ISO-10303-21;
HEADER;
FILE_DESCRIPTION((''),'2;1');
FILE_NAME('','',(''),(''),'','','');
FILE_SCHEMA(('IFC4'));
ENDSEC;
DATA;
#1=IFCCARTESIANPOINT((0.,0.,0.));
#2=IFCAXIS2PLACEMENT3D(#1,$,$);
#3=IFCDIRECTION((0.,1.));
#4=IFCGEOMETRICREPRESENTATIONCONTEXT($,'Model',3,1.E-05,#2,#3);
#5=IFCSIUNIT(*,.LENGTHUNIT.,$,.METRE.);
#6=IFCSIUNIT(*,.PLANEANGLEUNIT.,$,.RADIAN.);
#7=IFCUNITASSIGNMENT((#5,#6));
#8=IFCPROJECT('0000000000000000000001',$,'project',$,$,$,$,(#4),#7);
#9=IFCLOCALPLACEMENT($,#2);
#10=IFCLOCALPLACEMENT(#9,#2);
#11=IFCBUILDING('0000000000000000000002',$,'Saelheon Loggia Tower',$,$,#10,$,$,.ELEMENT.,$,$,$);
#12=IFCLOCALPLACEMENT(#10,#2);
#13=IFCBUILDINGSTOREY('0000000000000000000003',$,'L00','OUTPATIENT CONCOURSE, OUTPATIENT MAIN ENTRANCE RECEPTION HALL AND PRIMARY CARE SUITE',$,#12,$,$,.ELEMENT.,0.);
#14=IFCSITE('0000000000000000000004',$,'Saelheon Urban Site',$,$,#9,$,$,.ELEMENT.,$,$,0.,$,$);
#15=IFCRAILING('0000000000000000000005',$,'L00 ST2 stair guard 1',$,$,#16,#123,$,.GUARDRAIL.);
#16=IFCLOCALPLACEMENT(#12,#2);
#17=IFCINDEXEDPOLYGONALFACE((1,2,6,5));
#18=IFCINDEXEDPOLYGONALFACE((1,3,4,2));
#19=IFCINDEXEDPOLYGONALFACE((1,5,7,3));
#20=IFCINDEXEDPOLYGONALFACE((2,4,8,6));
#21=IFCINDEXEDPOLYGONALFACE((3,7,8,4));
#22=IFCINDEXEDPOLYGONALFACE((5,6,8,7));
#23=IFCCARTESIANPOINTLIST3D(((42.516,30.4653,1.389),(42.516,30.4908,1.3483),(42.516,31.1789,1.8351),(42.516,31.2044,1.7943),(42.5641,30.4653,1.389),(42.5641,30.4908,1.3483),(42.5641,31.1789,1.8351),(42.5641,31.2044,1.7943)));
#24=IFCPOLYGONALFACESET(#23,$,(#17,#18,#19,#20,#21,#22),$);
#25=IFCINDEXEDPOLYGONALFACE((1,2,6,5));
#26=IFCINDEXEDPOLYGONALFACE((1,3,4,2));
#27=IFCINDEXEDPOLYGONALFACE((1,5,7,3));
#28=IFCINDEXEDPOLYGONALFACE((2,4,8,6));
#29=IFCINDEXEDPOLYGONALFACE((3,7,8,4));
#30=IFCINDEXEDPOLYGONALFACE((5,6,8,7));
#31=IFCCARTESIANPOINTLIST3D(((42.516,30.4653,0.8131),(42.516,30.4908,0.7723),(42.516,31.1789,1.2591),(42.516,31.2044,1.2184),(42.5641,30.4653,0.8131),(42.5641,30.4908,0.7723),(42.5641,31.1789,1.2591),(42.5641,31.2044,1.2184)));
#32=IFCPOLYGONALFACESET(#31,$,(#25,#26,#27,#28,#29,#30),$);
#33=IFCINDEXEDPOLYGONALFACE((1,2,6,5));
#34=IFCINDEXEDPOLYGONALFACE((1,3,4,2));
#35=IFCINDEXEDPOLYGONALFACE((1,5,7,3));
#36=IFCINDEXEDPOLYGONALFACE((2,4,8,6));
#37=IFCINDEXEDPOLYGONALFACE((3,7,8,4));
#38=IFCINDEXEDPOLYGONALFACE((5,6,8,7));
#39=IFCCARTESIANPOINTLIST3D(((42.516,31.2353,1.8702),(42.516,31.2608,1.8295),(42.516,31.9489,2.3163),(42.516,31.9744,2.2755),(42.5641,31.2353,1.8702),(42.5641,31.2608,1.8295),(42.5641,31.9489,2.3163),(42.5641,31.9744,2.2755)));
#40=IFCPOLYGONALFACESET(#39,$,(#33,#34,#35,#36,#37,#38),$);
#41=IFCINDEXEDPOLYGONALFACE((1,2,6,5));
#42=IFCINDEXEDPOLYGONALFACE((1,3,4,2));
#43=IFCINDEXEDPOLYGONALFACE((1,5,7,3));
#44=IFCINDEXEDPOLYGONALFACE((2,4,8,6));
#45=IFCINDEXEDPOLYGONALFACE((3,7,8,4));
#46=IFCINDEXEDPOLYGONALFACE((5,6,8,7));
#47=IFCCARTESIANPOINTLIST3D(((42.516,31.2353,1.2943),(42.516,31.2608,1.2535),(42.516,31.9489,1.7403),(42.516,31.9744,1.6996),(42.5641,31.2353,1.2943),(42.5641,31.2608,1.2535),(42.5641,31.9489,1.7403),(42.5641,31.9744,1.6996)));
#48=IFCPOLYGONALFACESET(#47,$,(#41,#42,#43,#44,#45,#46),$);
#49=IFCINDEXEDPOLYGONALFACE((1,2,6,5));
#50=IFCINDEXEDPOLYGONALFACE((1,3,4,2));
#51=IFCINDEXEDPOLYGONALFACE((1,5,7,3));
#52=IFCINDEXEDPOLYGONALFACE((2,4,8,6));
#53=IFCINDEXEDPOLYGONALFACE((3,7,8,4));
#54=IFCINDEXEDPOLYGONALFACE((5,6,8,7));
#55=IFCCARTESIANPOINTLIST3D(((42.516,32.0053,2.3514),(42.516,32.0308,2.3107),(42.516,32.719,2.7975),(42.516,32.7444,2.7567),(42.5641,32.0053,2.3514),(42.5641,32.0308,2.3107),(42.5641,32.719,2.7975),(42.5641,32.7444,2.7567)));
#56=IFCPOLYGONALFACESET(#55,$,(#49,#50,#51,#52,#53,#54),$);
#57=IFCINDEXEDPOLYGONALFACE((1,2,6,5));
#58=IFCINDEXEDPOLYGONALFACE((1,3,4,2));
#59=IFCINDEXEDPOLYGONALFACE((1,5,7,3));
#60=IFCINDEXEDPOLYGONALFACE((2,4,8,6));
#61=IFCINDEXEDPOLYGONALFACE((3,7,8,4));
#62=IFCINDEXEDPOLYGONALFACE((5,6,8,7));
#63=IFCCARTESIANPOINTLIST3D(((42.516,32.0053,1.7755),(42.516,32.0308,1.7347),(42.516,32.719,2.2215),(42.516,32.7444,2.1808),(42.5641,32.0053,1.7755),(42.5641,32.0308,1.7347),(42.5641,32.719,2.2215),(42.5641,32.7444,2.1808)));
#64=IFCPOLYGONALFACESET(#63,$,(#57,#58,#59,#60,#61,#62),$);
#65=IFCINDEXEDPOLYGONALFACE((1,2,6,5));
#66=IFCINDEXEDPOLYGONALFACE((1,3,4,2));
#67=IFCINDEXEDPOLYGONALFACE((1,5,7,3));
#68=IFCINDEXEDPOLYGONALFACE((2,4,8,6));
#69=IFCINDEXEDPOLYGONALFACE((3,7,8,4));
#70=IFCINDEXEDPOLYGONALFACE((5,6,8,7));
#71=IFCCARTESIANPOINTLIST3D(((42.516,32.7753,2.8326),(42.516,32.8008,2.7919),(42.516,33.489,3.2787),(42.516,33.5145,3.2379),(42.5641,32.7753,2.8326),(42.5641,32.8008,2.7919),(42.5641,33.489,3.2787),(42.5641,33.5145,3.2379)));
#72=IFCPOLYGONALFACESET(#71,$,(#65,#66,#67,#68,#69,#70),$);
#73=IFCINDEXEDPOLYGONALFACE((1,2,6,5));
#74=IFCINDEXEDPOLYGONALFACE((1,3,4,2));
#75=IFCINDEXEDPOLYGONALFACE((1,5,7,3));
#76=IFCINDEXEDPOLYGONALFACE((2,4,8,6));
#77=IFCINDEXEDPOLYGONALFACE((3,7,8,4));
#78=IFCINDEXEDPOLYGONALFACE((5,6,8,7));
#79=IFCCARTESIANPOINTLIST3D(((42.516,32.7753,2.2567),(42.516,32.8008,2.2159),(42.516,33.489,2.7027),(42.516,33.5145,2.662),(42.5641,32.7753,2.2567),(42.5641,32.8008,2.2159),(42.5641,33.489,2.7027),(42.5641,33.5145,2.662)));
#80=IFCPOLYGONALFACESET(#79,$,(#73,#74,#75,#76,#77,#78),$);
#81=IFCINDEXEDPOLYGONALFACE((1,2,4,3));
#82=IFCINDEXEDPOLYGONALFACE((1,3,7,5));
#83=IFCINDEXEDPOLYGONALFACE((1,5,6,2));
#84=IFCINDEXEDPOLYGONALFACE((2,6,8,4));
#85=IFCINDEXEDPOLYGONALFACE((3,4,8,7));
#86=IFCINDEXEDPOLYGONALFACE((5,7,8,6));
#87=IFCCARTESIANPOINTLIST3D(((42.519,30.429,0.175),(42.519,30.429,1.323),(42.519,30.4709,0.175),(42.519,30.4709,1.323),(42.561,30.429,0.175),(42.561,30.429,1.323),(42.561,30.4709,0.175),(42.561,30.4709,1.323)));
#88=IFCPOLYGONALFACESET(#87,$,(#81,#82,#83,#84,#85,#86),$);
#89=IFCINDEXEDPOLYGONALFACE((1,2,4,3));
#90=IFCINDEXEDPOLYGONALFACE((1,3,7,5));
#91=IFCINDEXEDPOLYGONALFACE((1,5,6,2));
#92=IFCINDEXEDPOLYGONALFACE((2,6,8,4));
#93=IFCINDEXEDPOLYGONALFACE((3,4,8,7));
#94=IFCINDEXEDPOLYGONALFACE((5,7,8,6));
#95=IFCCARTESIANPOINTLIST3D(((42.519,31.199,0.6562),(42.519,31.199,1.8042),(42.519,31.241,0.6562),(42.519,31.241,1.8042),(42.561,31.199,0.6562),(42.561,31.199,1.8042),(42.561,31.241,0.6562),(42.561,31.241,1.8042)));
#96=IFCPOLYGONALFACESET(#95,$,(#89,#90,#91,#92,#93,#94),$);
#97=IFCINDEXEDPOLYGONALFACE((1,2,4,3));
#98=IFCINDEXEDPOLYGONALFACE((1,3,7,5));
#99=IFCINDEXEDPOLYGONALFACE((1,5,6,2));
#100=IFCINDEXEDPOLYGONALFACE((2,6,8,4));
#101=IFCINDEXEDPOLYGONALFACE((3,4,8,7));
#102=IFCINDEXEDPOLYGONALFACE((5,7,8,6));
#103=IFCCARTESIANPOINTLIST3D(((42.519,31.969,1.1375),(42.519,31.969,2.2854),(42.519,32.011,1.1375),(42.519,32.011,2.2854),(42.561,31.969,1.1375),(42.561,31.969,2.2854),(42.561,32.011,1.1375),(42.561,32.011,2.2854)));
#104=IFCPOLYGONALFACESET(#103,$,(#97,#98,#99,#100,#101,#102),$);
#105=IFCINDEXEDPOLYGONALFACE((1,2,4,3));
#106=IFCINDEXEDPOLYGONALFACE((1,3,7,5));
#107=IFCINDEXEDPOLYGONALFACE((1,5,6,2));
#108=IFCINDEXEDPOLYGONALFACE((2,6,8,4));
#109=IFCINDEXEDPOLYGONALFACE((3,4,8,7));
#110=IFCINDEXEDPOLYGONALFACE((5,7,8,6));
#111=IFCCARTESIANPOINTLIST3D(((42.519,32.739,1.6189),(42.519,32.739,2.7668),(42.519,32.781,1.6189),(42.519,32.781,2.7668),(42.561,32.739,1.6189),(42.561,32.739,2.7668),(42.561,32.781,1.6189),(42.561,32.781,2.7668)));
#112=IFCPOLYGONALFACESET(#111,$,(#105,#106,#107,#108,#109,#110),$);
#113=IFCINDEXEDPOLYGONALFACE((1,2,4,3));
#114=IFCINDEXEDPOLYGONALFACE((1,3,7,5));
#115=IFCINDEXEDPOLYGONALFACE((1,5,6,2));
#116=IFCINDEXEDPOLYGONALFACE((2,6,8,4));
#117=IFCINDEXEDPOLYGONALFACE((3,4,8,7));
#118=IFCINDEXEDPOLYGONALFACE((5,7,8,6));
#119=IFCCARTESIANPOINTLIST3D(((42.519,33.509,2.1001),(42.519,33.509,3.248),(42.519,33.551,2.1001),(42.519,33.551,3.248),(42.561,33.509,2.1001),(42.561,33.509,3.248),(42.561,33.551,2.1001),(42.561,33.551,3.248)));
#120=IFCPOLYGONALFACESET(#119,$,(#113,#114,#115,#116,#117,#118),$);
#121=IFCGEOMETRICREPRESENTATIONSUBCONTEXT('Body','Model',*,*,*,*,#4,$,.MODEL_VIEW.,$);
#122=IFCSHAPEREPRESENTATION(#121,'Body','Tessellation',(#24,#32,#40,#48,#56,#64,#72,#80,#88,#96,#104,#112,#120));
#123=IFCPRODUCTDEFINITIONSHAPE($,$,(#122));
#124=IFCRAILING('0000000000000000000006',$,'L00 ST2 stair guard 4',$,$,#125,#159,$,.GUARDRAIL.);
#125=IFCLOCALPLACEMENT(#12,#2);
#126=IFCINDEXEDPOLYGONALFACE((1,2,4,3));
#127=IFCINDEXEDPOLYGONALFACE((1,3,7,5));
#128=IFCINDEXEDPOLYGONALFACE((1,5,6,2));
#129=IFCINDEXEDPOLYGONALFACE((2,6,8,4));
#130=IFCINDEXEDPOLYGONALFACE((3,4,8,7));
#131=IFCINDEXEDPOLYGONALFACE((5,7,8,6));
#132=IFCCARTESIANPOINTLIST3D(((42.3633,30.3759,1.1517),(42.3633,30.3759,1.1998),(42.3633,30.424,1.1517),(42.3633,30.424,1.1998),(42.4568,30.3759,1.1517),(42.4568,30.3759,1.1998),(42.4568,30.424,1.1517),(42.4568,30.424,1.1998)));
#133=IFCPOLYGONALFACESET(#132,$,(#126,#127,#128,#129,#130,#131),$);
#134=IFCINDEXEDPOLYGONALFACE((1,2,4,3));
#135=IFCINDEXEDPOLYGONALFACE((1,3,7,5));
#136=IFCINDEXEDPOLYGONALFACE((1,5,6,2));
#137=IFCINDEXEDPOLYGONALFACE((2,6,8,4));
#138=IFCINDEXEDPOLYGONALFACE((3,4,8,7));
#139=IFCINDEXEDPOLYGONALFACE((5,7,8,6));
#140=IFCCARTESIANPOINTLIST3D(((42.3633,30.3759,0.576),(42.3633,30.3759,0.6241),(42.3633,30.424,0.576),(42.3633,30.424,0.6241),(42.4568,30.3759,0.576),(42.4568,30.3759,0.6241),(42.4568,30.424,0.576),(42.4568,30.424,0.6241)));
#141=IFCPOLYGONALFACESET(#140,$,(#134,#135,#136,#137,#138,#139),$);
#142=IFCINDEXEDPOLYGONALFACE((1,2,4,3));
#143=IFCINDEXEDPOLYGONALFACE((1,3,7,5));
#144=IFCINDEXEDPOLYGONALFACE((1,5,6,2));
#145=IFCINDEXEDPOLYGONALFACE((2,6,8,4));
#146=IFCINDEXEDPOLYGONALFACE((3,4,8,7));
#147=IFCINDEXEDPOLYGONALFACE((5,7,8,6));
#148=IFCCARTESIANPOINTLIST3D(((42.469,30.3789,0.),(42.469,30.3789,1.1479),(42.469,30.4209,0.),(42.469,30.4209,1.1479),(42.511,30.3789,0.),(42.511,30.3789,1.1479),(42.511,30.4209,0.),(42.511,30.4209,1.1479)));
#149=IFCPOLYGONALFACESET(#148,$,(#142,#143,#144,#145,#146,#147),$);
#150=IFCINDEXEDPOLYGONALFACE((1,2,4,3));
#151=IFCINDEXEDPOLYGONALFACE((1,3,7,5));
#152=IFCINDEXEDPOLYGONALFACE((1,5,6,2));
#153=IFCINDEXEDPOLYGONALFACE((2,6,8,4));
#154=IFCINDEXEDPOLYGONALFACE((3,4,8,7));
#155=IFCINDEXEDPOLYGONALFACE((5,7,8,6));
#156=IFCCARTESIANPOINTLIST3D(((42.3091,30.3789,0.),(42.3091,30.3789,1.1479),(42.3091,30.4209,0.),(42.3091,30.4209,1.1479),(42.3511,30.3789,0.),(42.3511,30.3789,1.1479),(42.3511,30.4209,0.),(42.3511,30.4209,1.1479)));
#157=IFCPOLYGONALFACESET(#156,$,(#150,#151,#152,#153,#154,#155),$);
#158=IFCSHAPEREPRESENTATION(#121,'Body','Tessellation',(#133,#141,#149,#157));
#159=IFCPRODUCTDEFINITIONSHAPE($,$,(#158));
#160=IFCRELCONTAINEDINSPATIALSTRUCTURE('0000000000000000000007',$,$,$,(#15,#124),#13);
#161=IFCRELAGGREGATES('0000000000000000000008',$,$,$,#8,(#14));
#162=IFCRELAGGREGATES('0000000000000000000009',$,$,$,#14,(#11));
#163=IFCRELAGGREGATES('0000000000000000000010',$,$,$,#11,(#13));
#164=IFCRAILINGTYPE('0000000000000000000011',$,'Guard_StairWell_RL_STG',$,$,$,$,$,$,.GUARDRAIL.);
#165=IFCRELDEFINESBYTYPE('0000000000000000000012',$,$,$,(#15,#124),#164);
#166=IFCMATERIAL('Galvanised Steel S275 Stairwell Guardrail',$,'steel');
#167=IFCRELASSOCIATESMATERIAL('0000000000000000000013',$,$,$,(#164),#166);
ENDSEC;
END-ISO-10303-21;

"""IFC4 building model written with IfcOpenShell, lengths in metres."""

from ifc_helpers import new_model, si_unit, direction, frame, origin, origin_2d, place, context, subcontext, project, spatial, rectangle, extrude, material, type_object, element, save


model = new_model("IFC4")

# Units and contexts
model_context = context("Model", 3, precision=1e-05, world=origin(), true_north=direction((0.0, 1.0)))
body_context = subcontext(model_context, "Body", "Model", "MODEL_VIEW")
ifc_project = project(units=[si_unit("LENGTHUNIT", "METRE"), si_unit("PLANEANGLEUNIT", "RADIAN")], contexts=[model_context])

# Site, building, storey
site_placement = place(None, origin())
site = spatial("IfcSite", under=ifc_project, at=site_placement, Name="Saelheon Urban Site", CompositionType="ELEMENT", RefElevation=0.0)
building_placement = place(site_placement, origin())
building = spatial("IfcBuilding", under=site, at=building_placement, Name="Saelheon Loggia Tower", CompositionType="ELEMENT")
storey_placement = place(building_placement, origin())
storey = spatial("IfcBuildingStorey", under=building, at=storey_placement, Name="L00", Description="OUTPATIENT CONCOURSE, OUTPATIENT MAIN ENTRANCE RECEPTION HALL AND PRIMARY CARE SUITE", CompositionType="ELEMENT", Elevation=0.0)

# Railings
ifc_material_1 = material(Name="Galvanised Steel S275 Stairwell Guardrail", Category="steel")
railing_type_1 = type_object("IfcRailingType", Name="Guard_StairWell_RL_STG", PredefinedType="GUARDRAIL", material=ifc_material_1)
railing_1_placement = place(storey_placement, frame((42.54, 30.45, 0.175)))
element("IfcRailing", 1, at=railing_1_placement, inside=storey, type_object=railing_type_1, Name="L00 ST2 stair guard 1", PredefinedType="GUARDRAIL", context=body_context, shape_type="SweptSolid", body=[
    extrude(rectangle(XDim=0.0481, YDim=0.0481, at=origin_2d()), frame((0.0, 0.0281, 1.1936), z_axis=(0.0, 0.847998, 0.529999), x_axis=(-1.0, 0.0, 0.0)), (0.0, 0.0, 1.0), 0.8416),
    extrude(rectangle(XDim=0.0481, YDim=0.0481, at=origin_2d()), frame((0.0, 0.0281, 0.6177), z_axis=(0.0, 0.847998, 0.529999), x_axis=(-1.0, 0.0, 0.0)), (0.0, 0.0, 1.0), 0.8416),
    extrude(rectangle(XDim=0.0481, YDim=0.0481, at=origin_2d()), frame((0.0, 0.7981, 1.6748), z_axis=(0.0, 0.847998, 0.529999), x_axis=(-1.0, 0.0, 0.0)), (0.0, 0.0, 1.0), 0.8416),
    extrude(rectangle(XDim=0.0481, YDim=0.0481, at=origin_2d()), frame((0.0, 0.7981, 1.0989), z_axis=(0.0, 0.847998, 0.529999), x_axis=(-1.0, 0.0, 0.0)), (0.0, 0.0, 1.0), 0.8416),
    extrude(rectangle(XDim=0.0481, YDim=0.0481, at=origin_2d()), frame((0.0, 1.5681, 2.156), z_axis=(0.0, 0.847998, 0.529999), x_axis=(-1.0, 0.0, 0.0)), (0.0, 0.0, 1.0), 0.8416),
    extrude(rectangle(XDim=0.0481, YDim=0.0481, at=origin_2d()), frame((0.0, 1.5681, 1.5801), z_axis=(0.0, 0.847998, 0.529999), x_axis=(-1.0, 0.0, 0.0)), (0.0, 0.0, 1.0), 0.8416),
    extrude(rectangle(XDim=0.0481, YDim=0.0481, at=origin_2d()), frame((0.0, 2.3381, 2.6372), z_axis=(0.0, 0.847998, 0.529999), x_axis=(-1.0, 0.0, 0.0)), (0.0, 0.0, 1.0), 0.8416),
    extrude(rectangle(XDim=0.0481, YDim=0.0481, at=origin_2d()), frame((0.0, 2.3381, 2.0613), z_axis=(0.0, 0.847998, 0.529999), x_axis=(-1.0, 0.0, 0.0)), (0.0, 0.0, 1.0), 0.8416),
    extrude(rectangle(XDim=0.042, YDim=0.042, at=origin_2d()), origin(), (0.0, 0.0, 1.0), 1.1479),
    extrude(rectangle(XDim=0.042, YDim=0.042, at=origin_2d()), frame((0.0, 0.77, 0.4812)), (0.0, 0.0, 1.0), 1.1479),
    extrude(rectangle(XDim=0.042, YDim=0.042, at=origin_2d()), frame((0.0, 1.54, 0.9624)), (0.0, 0.0, 1.0), 1.1479),
    extrude(rectangle(XDim=0.042, YDim=0.042, at=origin_2d()), frame((0.0, 2.3101, 1.4438)), (0.0, 0.0, 1.0), 1.1479),
    extrude(rectangle(XDim=0.042, YDim=0.042, at=origin_2d()), frame((0.0, 3.0801, 1.925)), (0.0, 0.0, 1.0), 1.1479),
])
railing_2_placement = place(storey_placement, frame((42.49, 30.3999, 0.0)))
element("IfcRailing", 2, at=railing_2_placement, inside=storey, type_object=railing_type_1, Name="L00 ST2 stair guard 4", PredefinedType="GUARDRAIL", context=body_context, shape_type="SweptSolid", body=[
    extrude(rectangle(XDim=0.0481, YDim=0.0481, at=origin_2d()), frame((-0.0332, 0.0, 1.1758), z_axis=(-1.0, 0.0, 0.0), x_axis=(0.0, -1.0, 0.0)), (0.0, 0.0, 1.0), 0.0935),
    extrude(rectangle(XDim=0.0481, YDim=0.0481, at=origin_2d()), frame((-0.0332, 0.0, 0.6001), z_axis=(-1.0, 0.0, 0.0), x_axis=(0.0, -1.0, 0.0)), (0.0, 0.0, 1.0), 0.0935),
    extrude(rectangle(XDim=0.042, YDim=0.042, at=origin_2d()), origin(), (0.0, 0.0, 1.0), 1.1479),
    extrude(rectangle(XDim=0.042, YDim=0.042, at=origin_2d()), frame((-0.1599, 0.0, 0.0)), (0.0, 0.0, 1.0), 1.1479),
])

save(model, "model.ifc")
